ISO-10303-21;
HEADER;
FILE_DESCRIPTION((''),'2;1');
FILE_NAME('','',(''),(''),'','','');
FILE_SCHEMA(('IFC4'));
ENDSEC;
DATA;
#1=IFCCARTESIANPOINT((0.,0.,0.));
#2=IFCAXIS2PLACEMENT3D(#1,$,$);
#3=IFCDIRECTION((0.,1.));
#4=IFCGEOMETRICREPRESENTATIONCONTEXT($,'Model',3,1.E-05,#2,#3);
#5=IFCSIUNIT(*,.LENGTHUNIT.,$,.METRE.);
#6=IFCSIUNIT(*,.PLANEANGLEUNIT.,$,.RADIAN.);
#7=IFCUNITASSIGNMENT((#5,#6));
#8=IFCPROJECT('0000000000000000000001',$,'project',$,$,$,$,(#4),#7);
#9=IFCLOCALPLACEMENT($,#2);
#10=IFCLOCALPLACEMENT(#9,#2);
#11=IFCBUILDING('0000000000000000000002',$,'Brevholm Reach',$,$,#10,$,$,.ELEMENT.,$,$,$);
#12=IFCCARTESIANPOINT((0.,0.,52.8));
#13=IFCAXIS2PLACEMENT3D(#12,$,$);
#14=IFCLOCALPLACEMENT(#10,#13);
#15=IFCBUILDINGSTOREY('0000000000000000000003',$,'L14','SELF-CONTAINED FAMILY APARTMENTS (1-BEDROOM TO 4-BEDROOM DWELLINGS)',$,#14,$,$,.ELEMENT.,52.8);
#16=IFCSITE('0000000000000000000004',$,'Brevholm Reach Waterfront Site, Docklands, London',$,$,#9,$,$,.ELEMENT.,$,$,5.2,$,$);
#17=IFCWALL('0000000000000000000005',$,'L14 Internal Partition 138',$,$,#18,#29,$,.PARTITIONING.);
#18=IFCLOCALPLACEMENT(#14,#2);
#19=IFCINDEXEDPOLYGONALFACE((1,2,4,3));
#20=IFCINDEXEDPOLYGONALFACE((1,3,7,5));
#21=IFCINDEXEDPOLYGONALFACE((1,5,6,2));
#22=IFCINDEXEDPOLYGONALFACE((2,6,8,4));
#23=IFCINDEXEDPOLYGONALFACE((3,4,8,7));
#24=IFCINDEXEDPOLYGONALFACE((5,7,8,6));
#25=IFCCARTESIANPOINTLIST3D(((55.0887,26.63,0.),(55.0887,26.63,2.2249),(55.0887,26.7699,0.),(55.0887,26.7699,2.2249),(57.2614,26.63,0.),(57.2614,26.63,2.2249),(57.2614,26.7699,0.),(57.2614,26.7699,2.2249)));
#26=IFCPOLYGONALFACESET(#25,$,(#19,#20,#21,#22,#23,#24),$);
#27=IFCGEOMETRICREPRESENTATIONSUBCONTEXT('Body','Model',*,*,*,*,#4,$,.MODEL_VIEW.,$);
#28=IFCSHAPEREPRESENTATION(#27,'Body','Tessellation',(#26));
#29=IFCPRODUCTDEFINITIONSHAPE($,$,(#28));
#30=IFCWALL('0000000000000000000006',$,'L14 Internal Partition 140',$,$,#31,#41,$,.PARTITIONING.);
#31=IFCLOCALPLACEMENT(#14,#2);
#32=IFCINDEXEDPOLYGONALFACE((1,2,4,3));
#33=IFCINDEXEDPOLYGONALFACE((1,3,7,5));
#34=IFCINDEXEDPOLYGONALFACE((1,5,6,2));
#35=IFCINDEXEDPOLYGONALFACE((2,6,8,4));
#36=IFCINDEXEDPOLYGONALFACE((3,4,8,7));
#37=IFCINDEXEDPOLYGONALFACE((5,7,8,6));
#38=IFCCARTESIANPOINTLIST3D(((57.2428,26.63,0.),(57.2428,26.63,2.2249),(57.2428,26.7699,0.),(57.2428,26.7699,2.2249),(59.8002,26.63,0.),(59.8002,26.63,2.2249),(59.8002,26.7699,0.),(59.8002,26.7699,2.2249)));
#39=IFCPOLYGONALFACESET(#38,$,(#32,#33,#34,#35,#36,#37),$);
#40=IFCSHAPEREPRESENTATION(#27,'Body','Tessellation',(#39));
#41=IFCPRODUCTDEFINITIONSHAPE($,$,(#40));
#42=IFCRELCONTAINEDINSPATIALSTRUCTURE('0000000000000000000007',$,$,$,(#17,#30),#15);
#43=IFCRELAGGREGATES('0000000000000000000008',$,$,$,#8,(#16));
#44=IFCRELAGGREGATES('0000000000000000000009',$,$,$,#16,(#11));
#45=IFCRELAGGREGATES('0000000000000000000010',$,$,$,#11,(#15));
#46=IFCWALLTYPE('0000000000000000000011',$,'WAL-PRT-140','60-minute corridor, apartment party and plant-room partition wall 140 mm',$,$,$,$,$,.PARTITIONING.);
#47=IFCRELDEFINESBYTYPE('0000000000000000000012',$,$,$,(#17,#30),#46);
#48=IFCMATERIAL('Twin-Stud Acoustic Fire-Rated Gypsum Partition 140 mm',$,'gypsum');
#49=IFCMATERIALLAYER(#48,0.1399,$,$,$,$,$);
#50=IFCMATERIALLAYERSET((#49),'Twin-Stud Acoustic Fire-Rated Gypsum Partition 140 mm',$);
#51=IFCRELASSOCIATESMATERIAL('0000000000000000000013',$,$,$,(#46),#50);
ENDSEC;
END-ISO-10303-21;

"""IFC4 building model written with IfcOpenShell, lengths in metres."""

from ifc_helpers import new_model, si_unit, direction, frame, frame_2d, origin, place, context, subcontext, project, spatial, rectangle, extrude, material, layer, layer_set, type_object, element, save


model = new_model("IFC4")

# Units and contexts
model_context = context("Model", 3, precision=1e-05, world=origin(), true_north=direction((0.0, 1.0)))
body_context = subcontext(model_context, "Body", "Model", "MODEL_VIEW")
ifc_project = project(units=[si_unit("LENGTHUNIT", "METRE"), si_unit("PLANEANGLEUNIT", "RADIAN")], contexts=[model_context])

# Site, building, storey
site_placement = place(None, origin())
site = spatial("IfcSite", under=ifc_project, at=site_placement, Name="Brevholm Reach Waterfront Site, Docklands, London", CompositionType="ELEMENT", RefElevation=5.2)
building_placement = place(site_placement, origin())
building = spatial("IfcBuilding", under=site, at=building_placement, Name="Brevholm Reach", CompositionType="ELEMENT")
storey_placement = place(building_placement, frame((0.0, 0.0, 52.8)))
storey = spatial("IfcBuildingStorey", under=building, at=storey_placement, Name="L14", Description="SELF-CONTAINED FAMILY APARTMENTS (1-BEDROOM TO 4-BEDROOM DWELLINGS)", CompositionType="ELEMENT", Elevation=52.8)

# Walls
ifc_material_1 = material(Name="Twin-Stud Acoustic Fire-Rated Gypsum Partition 140 mm", Category="gypsum")
ifc_layer_1 = layer(ifc_material_1, 0.1399)
ifc_layer_set_1 = layer_set([ifc_layer_1], Name="Twin-Stud Acoustic Fire-Rated Gypsum Partition 140 mm")
wall_type_1 = type_object("IfcWallType", Name="WAL-PRT-140", Description="60-minute corridor, apartment party and plant-room partition wall 140 mm", PredefinedType="PARTITIONING", material=ifc_layer_set_1)
wall_1_placement = place(storey_placement, frame((55.0886, 26.7, 0.0), z_axis=(0.0, 0.0, 1.0), x_axis=(1.0, 0.0, 0.0)))
element("IfcWall", 1, at=wall_1_placement, inside=storey, type_object=wall_type_1, Name="L14 Internal Partition 138", PredefinedType="PARTITIONING", context=body_context, shape_type="SweptSolid", body=[
    extrude(rectangle(XDim=2.1726, YDim=0.1399, at=frame_2d((1.0864, 0.0))), origin(), (0.0, 0.0, 1.0), 2.2249),
])
wall_2_placement = place(storey_placement, frame((57.2427, 26.7, 0.0), z_axis=(0.0, 0.0, 1.0), x_axis=(1.0, 0.0, 0.0)))
element("IfcWall", 2, at=wall_2_placement, inside=storey, type_object=wall_type_1, Name="L14 Internal Partition 140", PredefinedType="PARTITIONING", context=body_context, shape_type="SweptSolid", body=[
    extrude(rectangle(XDim=2.5574, YDim=0.1399, at=frame_2d((1.2788, 0.0))), origin(), (0.0, 0.0, 1.0), 2.2249),
])

save(model, "model.ifc")
